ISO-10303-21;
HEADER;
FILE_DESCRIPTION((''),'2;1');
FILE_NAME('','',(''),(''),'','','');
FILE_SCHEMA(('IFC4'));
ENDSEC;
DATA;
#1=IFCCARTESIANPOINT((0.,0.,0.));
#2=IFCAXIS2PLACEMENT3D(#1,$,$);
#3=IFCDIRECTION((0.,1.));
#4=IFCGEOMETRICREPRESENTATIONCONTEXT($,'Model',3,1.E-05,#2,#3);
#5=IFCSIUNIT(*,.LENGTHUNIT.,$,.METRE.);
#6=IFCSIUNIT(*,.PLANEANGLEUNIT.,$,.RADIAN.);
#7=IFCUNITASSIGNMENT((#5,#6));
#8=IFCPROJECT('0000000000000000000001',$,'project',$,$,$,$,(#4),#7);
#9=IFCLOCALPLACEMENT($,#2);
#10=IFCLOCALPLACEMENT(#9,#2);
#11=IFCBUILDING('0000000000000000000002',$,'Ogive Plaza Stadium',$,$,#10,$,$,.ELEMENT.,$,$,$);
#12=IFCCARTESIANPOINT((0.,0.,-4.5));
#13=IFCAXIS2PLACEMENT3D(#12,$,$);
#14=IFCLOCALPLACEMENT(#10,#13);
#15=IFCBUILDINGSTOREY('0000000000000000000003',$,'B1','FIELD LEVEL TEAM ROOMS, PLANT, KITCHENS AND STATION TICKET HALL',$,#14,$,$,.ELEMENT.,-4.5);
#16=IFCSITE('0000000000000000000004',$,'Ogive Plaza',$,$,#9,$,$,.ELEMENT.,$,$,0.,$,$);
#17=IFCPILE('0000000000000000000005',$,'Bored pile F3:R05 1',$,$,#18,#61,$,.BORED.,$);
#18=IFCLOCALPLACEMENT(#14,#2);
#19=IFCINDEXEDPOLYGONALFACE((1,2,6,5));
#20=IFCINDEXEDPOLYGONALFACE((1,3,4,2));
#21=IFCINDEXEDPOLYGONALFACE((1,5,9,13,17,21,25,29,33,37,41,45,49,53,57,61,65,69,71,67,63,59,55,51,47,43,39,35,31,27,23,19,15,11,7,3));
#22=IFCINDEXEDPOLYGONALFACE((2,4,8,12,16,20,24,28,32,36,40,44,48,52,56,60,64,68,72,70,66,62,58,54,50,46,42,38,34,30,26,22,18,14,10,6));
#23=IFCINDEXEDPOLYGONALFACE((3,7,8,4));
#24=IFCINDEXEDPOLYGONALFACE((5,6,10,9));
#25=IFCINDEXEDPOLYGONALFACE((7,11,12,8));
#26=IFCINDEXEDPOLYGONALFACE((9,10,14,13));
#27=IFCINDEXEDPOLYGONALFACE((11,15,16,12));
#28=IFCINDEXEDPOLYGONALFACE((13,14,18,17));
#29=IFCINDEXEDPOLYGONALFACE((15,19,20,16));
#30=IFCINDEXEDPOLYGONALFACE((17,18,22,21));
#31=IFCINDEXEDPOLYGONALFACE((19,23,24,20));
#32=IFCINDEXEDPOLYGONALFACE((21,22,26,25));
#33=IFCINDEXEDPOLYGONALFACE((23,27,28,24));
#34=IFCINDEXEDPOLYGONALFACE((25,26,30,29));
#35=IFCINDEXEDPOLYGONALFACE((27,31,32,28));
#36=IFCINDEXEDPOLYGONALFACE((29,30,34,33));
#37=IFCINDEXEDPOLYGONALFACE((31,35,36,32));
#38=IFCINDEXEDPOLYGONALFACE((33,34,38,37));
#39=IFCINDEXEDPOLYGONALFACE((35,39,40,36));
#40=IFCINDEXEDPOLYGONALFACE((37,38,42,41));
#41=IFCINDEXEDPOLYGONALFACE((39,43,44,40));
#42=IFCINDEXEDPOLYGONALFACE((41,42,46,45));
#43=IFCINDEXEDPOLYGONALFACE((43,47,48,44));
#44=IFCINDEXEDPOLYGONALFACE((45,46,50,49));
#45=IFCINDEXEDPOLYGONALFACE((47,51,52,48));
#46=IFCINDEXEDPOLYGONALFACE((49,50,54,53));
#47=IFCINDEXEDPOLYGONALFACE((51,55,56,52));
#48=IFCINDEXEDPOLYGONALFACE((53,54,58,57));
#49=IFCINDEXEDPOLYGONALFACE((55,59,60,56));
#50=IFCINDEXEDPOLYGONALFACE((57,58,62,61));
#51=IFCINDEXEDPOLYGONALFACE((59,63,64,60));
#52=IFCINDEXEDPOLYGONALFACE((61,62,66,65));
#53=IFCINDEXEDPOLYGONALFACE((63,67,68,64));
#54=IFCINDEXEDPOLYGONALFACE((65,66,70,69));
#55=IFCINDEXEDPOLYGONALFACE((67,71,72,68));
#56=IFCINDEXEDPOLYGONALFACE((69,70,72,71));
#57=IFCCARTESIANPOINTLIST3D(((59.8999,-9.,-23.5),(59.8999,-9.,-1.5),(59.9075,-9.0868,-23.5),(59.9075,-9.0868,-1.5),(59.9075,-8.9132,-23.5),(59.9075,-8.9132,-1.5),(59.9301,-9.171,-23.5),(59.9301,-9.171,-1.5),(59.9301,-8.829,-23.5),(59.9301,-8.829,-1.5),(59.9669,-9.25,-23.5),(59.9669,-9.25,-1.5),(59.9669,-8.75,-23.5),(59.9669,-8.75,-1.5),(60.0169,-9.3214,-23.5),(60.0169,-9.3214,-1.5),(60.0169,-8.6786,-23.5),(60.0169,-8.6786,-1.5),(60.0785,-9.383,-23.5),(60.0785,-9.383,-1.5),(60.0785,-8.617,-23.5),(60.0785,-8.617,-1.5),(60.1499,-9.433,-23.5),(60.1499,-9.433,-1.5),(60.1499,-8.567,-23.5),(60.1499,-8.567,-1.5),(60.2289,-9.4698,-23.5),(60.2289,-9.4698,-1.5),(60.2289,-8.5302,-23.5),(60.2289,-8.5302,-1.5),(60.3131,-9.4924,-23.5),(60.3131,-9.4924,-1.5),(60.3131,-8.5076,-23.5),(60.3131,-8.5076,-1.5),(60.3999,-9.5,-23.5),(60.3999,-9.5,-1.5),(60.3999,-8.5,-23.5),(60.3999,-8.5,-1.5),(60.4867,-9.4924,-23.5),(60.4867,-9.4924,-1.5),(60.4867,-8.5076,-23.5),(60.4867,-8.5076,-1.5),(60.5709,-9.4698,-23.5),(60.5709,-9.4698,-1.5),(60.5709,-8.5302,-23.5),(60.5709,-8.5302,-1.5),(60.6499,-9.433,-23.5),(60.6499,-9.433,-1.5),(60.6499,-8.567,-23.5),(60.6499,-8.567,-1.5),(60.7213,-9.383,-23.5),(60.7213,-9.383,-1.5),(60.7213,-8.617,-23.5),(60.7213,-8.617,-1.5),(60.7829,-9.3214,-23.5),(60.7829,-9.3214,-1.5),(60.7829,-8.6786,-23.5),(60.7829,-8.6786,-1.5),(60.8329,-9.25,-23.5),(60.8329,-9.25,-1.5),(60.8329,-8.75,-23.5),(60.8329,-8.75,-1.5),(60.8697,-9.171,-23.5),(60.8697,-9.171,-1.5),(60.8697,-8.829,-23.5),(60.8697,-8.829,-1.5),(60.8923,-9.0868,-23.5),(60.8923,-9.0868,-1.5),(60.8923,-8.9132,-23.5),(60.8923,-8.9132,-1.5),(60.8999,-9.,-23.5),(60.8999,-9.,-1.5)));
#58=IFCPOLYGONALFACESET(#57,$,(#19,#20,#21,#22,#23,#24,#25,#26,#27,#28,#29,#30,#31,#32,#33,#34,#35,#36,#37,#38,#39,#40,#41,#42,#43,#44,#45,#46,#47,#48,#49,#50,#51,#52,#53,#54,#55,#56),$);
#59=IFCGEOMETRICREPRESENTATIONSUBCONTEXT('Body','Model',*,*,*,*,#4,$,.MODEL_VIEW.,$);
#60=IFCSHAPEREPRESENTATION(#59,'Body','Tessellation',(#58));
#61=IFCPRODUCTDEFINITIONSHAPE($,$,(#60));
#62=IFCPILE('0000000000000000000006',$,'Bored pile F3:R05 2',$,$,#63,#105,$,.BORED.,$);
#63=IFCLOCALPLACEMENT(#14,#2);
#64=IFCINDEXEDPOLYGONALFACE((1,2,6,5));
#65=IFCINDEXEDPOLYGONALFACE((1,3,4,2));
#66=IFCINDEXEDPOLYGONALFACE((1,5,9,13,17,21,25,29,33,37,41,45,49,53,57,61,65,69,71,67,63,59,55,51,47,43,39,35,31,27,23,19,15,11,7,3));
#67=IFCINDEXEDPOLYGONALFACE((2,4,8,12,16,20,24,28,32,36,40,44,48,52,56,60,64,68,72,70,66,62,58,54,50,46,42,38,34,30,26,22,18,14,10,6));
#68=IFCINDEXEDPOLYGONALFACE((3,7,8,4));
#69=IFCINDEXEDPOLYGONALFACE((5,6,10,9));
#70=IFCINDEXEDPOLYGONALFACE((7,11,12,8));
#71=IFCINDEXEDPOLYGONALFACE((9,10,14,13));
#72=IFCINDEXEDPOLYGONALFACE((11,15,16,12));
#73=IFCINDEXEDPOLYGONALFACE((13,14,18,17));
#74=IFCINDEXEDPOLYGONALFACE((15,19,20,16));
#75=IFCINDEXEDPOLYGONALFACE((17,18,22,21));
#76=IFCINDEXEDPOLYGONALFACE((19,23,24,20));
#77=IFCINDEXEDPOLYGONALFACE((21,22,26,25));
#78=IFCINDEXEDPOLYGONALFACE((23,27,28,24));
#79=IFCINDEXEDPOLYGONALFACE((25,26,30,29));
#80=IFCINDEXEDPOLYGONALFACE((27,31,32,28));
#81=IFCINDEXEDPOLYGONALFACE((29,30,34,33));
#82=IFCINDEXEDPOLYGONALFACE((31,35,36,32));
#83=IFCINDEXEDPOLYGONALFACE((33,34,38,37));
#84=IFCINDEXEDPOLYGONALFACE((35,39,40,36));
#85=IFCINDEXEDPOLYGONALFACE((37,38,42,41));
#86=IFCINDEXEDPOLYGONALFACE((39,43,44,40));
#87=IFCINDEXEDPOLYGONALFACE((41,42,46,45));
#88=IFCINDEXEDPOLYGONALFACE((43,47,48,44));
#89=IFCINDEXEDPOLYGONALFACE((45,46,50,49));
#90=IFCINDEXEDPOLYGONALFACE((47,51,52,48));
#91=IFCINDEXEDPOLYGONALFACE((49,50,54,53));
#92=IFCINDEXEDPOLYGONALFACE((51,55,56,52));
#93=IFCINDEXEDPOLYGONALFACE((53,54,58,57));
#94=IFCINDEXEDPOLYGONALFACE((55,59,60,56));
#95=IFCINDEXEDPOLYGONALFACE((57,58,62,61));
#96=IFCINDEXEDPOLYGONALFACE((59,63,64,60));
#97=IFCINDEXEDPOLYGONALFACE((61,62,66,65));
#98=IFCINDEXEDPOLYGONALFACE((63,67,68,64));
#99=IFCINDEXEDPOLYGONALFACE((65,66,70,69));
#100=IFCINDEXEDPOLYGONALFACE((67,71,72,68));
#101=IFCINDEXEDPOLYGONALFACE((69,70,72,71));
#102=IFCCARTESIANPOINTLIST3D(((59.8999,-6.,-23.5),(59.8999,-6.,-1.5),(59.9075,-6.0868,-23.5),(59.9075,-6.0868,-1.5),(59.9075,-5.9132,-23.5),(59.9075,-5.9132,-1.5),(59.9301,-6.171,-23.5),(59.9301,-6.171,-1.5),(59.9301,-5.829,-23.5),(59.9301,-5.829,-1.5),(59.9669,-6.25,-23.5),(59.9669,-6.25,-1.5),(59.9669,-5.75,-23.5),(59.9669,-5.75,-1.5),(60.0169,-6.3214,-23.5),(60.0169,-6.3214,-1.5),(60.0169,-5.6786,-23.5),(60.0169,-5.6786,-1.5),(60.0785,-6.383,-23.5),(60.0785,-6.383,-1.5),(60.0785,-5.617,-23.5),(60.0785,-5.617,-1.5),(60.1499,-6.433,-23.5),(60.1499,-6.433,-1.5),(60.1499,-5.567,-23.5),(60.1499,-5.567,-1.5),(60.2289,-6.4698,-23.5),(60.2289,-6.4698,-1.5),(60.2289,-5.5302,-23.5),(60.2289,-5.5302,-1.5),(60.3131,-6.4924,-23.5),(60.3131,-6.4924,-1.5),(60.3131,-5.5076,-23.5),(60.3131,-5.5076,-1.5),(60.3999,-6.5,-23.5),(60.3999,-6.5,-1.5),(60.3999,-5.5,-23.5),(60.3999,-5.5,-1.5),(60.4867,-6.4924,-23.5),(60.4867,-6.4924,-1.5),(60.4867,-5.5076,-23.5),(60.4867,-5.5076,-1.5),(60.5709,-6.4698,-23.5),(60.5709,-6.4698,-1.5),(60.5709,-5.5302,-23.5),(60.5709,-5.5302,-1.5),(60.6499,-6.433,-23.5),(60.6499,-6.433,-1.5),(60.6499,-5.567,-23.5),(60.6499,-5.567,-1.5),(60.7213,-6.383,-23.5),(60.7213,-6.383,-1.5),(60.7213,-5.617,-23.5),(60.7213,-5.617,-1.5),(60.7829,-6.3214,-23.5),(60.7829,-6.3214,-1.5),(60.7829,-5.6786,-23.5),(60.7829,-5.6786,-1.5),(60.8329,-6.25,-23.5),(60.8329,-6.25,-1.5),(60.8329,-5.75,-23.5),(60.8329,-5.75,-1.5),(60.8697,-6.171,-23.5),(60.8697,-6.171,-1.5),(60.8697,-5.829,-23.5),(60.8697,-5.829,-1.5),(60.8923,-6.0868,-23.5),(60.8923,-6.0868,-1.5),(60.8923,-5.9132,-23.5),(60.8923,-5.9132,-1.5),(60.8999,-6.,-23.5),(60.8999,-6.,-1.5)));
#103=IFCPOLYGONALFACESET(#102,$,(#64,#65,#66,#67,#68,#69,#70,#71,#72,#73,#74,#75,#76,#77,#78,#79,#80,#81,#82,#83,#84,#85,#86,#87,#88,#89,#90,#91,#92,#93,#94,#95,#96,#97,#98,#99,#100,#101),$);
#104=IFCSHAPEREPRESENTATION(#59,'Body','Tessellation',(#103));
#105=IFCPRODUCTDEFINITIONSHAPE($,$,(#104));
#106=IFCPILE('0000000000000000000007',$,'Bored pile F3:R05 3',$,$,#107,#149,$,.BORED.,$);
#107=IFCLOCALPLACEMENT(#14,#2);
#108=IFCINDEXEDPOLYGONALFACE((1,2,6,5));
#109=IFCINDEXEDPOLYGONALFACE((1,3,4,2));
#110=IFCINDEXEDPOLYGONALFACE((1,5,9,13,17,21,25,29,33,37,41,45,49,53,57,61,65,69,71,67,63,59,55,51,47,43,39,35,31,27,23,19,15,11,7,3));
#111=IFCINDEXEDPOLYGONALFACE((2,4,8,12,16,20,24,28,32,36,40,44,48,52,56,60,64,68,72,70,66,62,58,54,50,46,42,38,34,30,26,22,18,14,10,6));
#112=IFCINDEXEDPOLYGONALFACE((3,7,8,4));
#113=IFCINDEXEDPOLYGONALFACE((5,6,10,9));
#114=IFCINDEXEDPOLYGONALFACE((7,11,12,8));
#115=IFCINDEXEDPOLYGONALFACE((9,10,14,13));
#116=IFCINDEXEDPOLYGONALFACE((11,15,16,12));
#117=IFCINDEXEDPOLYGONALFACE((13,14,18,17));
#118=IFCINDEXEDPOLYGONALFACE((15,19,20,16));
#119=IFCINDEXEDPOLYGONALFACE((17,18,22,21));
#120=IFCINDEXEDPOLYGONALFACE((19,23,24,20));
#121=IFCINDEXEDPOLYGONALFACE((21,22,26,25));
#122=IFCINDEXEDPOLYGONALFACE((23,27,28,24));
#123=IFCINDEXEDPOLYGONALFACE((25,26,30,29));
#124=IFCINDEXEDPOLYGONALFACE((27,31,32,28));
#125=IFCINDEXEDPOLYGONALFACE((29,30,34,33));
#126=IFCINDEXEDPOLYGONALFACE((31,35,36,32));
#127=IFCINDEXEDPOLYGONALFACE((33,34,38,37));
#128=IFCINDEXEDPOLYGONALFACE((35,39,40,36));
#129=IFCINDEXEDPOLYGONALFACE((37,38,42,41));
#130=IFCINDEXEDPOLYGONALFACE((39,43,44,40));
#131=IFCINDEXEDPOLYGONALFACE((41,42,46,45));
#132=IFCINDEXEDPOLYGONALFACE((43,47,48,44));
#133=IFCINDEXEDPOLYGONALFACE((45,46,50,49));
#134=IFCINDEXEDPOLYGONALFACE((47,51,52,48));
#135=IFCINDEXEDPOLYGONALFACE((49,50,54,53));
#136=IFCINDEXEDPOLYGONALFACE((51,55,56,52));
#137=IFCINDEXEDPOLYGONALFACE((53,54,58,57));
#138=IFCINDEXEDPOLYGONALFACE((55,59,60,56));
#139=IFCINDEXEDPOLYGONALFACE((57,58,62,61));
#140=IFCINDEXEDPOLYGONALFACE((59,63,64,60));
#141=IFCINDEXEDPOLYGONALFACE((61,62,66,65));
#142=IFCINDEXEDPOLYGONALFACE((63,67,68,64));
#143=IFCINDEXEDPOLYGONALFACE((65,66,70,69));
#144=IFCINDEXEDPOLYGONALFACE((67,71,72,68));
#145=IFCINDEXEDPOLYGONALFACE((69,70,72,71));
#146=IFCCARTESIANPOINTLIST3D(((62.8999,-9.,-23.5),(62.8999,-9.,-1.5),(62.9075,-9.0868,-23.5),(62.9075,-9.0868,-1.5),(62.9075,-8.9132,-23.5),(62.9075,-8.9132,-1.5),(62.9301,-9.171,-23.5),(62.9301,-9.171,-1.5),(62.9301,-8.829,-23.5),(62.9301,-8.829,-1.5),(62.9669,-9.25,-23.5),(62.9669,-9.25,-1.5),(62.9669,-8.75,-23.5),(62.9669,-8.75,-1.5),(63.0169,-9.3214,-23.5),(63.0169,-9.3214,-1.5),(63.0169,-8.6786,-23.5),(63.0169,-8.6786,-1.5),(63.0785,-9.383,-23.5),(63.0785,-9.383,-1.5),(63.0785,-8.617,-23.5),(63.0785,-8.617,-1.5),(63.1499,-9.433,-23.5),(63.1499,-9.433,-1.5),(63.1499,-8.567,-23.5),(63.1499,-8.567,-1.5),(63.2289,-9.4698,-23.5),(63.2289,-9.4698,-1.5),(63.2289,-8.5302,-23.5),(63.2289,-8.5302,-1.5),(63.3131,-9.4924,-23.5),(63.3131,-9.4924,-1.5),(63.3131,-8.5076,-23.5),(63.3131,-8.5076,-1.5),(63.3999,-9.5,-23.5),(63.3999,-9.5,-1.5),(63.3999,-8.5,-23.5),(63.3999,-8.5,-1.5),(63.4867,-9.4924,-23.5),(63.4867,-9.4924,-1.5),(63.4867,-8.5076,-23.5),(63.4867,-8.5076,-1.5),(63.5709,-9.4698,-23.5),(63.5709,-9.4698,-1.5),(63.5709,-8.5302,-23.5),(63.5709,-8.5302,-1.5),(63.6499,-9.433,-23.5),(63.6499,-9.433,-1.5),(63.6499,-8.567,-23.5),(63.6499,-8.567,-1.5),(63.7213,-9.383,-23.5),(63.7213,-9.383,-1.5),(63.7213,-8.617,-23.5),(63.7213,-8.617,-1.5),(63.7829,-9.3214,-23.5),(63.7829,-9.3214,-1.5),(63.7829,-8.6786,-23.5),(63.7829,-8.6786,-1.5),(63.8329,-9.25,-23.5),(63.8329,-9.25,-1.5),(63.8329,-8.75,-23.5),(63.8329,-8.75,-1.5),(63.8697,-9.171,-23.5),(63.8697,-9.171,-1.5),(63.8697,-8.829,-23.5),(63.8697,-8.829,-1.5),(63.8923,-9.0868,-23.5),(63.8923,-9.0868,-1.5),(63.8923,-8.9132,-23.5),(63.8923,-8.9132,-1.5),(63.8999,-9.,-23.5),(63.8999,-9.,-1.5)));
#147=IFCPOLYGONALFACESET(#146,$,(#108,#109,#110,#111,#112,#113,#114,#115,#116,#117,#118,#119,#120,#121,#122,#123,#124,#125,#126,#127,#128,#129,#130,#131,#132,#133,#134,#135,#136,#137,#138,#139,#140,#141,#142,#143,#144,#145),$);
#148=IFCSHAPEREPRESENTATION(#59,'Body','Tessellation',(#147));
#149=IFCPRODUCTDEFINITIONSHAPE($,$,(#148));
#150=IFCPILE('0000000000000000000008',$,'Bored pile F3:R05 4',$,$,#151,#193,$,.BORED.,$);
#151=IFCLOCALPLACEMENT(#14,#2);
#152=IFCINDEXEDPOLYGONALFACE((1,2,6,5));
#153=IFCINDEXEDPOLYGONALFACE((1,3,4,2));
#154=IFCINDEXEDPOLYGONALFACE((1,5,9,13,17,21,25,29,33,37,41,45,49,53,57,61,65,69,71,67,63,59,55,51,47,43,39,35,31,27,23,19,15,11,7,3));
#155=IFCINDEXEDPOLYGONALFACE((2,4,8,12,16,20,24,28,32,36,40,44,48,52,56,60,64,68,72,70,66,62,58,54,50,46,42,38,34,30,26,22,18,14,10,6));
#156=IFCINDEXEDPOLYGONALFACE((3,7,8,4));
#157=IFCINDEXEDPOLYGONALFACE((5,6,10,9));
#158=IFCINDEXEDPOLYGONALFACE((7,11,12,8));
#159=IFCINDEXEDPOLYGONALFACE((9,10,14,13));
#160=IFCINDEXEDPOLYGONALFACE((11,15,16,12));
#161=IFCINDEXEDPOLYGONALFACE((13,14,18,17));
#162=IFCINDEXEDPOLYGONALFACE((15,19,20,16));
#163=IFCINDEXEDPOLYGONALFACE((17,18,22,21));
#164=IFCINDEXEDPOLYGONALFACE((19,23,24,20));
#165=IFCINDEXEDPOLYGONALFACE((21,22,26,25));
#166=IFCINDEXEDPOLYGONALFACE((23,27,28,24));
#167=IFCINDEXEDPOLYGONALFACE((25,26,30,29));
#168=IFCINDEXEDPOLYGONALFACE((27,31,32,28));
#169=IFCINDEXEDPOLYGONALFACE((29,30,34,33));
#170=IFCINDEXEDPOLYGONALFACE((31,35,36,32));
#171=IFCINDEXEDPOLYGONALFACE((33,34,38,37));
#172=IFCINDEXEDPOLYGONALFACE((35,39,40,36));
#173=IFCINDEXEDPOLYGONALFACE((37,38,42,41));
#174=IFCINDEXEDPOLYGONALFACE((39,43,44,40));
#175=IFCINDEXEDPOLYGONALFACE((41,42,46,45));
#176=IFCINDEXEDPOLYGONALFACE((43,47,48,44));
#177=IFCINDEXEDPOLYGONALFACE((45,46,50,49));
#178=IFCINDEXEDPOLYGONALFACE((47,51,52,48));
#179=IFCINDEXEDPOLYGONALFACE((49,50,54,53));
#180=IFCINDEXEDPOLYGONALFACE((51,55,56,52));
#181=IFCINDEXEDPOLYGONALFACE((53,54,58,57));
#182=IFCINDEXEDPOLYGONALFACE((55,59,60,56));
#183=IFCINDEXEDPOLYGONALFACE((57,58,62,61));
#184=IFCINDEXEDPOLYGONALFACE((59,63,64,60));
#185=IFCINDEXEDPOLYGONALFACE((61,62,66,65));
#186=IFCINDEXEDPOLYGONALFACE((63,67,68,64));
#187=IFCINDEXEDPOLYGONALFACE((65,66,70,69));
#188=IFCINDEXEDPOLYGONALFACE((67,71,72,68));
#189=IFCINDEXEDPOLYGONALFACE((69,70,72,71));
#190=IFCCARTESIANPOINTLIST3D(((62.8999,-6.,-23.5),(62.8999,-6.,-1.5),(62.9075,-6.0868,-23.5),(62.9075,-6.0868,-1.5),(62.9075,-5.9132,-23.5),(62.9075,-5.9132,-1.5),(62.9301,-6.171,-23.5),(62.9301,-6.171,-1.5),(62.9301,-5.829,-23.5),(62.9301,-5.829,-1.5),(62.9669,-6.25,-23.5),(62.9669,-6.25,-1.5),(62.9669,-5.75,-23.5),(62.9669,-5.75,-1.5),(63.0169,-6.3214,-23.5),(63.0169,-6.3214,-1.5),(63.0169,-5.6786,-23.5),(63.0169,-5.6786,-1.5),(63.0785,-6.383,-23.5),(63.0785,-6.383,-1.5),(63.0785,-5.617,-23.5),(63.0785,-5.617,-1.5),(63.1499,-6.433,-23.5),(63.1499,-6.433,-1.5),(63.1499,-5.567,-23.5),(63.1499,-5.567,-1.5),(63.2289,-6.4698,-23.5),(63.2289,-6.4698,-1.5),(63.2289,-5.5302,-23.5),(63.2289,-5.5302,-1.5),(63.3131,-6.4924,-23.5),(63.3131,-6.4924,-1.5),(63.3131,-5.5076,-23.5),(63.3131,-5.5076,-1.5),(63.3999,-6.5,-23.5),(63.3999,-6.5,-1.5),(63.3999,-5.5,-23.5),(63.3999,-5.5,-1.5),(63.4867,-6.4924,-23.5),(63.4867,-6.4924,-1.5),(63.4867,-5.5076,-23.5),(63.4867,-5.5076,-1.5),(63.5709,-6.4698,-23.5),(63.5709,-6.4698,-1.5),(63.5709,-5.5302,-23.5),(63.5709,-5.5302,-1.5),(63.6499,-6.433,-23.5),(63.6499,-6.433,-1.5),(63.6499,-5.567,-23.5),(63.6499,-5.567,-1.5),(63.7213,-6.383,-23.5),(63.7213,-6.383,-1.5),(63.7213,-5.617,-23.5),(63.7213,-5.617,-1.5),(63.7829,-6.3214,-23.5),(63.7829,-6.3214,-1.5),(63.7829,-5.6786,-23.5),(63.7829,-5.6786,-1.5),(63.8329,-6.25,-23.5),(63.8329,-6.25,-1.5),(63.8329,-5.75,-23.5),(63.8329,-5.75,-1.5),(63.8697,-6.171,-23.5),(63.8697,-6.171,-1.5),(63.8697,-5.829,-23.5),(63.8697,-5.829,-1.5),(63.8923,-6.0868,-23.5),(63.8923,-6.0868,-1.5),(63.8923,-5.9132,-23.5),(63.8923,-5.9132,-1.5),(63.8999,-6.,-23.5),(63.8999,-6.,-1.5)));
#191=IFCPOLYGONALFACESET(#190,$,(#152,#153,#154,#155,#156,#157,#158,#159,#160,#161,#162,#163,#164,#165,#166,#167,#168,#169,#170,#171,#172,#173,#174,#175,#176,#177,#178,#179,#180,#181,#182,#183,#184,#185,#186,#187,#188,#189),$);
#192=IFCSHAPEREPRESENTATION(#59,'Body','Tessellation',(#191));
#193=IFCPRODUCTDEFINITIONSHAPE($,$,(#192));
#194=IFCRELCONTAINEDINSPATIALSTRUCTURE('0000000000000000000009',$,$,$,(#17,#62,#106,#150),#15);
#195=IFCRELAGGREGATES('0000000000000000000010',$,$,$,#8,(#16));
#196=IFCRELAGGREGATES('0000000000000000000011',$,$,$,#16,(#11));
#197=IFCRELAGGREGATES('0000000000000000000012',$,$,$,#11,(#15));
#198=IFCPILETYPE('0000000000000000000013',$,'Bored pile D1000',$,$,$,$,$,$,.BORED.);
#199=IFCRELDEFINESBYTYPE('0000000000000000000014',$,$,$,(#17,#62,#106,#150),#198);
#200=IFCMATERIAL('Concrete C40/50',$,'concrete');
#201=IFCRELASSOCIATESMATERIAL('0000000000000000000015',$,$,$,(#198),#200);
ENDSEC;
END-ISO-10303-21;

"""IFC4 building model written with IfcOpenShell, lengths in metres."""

from ifc_helpers import new_model, si_unit, direction, frame, origin, origin_2d, place, context, subcontext, project, spatial, circle, extrude, material, material_profile, profile_set, type_object, element, save


model = new_model("IFC4")

# Units and contexts
model_context = context("Model", 3, precision=1e-05, world=origin(), true_north=direction((0.0, 1.0)))
body_context = subcontext(model_context, "Body", "Model", "MODEL_VIEW")
ifc_project = project(units=[si_unit("LENGTHUNIT", "METRE"), si_unit("PLANEANGLEUNIT", "RADIAN")], contexts=[model_context])

# Site, building, storey
site_placement = place(None, origin())
site = spatial("IfcSite", under=ifc_project, at=site_placement, Name="Ogive Plaza", CompositionType="ELEMENT", RefElevation=0.0)
building_placement = place(site_placement, origin())
building = spatial("IfcBuilding", under=site, at=building_placement, Name="Ogive Plaza Stadium", CompositionType="ELEMENT")
storey_placement = place(building_placement, frame((0.0, 0.0, -4.5)))
storey = spatial("IfcBuildingStorey", under=building, at=storey_placement, Name="B1", Description="FIELD LEVEL TEAM ROOMS, PLANT, KITCHENS AND STATION TICKET HALL", CompositionType="ELEMENT", Elevation=-4.5)

# Piles
ifc_material_1 = material(Name="Concrete C40/50", Category="concrete")
ifc_material_profile_1 = material_profile(ifc_material_1, circle(Radius=0.5, at=origin_2d()), Name="RC D1000")
ifc_profile_set_1 = profile_set([ifc_material_profile_1], Name="Concrete C40/50")
pile_type_1 = type_object("IfcPileType", Name="Bored pile D1000", PredefinedType="BORED", material=ifc_profile_set_1)
for number, where, z_axis, x_axis, name in (
    (1, (60.3999, -9.0, -1.5), (0.0, 0.0, -1.0), (1.0, 0.0, 0.0), "Bored pile F3:R05 1"),
    (2, (60.3999, -6.0, -1.5), (0.0, 0.0, -1.0), (1.0, 0.0, 0.0), "Bored pile F3:R05 2"),
    (3, (63.3999, -9.0, -1.5), (0.0, 0.0, -1.0), (1.0, 0.0, 0.0), "Bored pile F3:R05 3"),
    (4, (63.3999, -6.0, -1.5), (0.0, 0.0, -1.0), (1.0, 0.0, 0.0), "Bored pile F3:R05 4"),
):
    element("IfcPile", number, at=place(storey_placement, frame(where, z_axis=z_axis, x_axis=x_axis)), inside=storey, type_object=pile_type_1, Name=name, PredefinedType="BORED", context=body_context, shape_type="SweptSolid", body=[
        extrude(circle(Radius=0.5, at=origin_2d()), origin(), (0.0, 0.0, 1.0), 22.0),
    ])

save(model, "model.ifc")
